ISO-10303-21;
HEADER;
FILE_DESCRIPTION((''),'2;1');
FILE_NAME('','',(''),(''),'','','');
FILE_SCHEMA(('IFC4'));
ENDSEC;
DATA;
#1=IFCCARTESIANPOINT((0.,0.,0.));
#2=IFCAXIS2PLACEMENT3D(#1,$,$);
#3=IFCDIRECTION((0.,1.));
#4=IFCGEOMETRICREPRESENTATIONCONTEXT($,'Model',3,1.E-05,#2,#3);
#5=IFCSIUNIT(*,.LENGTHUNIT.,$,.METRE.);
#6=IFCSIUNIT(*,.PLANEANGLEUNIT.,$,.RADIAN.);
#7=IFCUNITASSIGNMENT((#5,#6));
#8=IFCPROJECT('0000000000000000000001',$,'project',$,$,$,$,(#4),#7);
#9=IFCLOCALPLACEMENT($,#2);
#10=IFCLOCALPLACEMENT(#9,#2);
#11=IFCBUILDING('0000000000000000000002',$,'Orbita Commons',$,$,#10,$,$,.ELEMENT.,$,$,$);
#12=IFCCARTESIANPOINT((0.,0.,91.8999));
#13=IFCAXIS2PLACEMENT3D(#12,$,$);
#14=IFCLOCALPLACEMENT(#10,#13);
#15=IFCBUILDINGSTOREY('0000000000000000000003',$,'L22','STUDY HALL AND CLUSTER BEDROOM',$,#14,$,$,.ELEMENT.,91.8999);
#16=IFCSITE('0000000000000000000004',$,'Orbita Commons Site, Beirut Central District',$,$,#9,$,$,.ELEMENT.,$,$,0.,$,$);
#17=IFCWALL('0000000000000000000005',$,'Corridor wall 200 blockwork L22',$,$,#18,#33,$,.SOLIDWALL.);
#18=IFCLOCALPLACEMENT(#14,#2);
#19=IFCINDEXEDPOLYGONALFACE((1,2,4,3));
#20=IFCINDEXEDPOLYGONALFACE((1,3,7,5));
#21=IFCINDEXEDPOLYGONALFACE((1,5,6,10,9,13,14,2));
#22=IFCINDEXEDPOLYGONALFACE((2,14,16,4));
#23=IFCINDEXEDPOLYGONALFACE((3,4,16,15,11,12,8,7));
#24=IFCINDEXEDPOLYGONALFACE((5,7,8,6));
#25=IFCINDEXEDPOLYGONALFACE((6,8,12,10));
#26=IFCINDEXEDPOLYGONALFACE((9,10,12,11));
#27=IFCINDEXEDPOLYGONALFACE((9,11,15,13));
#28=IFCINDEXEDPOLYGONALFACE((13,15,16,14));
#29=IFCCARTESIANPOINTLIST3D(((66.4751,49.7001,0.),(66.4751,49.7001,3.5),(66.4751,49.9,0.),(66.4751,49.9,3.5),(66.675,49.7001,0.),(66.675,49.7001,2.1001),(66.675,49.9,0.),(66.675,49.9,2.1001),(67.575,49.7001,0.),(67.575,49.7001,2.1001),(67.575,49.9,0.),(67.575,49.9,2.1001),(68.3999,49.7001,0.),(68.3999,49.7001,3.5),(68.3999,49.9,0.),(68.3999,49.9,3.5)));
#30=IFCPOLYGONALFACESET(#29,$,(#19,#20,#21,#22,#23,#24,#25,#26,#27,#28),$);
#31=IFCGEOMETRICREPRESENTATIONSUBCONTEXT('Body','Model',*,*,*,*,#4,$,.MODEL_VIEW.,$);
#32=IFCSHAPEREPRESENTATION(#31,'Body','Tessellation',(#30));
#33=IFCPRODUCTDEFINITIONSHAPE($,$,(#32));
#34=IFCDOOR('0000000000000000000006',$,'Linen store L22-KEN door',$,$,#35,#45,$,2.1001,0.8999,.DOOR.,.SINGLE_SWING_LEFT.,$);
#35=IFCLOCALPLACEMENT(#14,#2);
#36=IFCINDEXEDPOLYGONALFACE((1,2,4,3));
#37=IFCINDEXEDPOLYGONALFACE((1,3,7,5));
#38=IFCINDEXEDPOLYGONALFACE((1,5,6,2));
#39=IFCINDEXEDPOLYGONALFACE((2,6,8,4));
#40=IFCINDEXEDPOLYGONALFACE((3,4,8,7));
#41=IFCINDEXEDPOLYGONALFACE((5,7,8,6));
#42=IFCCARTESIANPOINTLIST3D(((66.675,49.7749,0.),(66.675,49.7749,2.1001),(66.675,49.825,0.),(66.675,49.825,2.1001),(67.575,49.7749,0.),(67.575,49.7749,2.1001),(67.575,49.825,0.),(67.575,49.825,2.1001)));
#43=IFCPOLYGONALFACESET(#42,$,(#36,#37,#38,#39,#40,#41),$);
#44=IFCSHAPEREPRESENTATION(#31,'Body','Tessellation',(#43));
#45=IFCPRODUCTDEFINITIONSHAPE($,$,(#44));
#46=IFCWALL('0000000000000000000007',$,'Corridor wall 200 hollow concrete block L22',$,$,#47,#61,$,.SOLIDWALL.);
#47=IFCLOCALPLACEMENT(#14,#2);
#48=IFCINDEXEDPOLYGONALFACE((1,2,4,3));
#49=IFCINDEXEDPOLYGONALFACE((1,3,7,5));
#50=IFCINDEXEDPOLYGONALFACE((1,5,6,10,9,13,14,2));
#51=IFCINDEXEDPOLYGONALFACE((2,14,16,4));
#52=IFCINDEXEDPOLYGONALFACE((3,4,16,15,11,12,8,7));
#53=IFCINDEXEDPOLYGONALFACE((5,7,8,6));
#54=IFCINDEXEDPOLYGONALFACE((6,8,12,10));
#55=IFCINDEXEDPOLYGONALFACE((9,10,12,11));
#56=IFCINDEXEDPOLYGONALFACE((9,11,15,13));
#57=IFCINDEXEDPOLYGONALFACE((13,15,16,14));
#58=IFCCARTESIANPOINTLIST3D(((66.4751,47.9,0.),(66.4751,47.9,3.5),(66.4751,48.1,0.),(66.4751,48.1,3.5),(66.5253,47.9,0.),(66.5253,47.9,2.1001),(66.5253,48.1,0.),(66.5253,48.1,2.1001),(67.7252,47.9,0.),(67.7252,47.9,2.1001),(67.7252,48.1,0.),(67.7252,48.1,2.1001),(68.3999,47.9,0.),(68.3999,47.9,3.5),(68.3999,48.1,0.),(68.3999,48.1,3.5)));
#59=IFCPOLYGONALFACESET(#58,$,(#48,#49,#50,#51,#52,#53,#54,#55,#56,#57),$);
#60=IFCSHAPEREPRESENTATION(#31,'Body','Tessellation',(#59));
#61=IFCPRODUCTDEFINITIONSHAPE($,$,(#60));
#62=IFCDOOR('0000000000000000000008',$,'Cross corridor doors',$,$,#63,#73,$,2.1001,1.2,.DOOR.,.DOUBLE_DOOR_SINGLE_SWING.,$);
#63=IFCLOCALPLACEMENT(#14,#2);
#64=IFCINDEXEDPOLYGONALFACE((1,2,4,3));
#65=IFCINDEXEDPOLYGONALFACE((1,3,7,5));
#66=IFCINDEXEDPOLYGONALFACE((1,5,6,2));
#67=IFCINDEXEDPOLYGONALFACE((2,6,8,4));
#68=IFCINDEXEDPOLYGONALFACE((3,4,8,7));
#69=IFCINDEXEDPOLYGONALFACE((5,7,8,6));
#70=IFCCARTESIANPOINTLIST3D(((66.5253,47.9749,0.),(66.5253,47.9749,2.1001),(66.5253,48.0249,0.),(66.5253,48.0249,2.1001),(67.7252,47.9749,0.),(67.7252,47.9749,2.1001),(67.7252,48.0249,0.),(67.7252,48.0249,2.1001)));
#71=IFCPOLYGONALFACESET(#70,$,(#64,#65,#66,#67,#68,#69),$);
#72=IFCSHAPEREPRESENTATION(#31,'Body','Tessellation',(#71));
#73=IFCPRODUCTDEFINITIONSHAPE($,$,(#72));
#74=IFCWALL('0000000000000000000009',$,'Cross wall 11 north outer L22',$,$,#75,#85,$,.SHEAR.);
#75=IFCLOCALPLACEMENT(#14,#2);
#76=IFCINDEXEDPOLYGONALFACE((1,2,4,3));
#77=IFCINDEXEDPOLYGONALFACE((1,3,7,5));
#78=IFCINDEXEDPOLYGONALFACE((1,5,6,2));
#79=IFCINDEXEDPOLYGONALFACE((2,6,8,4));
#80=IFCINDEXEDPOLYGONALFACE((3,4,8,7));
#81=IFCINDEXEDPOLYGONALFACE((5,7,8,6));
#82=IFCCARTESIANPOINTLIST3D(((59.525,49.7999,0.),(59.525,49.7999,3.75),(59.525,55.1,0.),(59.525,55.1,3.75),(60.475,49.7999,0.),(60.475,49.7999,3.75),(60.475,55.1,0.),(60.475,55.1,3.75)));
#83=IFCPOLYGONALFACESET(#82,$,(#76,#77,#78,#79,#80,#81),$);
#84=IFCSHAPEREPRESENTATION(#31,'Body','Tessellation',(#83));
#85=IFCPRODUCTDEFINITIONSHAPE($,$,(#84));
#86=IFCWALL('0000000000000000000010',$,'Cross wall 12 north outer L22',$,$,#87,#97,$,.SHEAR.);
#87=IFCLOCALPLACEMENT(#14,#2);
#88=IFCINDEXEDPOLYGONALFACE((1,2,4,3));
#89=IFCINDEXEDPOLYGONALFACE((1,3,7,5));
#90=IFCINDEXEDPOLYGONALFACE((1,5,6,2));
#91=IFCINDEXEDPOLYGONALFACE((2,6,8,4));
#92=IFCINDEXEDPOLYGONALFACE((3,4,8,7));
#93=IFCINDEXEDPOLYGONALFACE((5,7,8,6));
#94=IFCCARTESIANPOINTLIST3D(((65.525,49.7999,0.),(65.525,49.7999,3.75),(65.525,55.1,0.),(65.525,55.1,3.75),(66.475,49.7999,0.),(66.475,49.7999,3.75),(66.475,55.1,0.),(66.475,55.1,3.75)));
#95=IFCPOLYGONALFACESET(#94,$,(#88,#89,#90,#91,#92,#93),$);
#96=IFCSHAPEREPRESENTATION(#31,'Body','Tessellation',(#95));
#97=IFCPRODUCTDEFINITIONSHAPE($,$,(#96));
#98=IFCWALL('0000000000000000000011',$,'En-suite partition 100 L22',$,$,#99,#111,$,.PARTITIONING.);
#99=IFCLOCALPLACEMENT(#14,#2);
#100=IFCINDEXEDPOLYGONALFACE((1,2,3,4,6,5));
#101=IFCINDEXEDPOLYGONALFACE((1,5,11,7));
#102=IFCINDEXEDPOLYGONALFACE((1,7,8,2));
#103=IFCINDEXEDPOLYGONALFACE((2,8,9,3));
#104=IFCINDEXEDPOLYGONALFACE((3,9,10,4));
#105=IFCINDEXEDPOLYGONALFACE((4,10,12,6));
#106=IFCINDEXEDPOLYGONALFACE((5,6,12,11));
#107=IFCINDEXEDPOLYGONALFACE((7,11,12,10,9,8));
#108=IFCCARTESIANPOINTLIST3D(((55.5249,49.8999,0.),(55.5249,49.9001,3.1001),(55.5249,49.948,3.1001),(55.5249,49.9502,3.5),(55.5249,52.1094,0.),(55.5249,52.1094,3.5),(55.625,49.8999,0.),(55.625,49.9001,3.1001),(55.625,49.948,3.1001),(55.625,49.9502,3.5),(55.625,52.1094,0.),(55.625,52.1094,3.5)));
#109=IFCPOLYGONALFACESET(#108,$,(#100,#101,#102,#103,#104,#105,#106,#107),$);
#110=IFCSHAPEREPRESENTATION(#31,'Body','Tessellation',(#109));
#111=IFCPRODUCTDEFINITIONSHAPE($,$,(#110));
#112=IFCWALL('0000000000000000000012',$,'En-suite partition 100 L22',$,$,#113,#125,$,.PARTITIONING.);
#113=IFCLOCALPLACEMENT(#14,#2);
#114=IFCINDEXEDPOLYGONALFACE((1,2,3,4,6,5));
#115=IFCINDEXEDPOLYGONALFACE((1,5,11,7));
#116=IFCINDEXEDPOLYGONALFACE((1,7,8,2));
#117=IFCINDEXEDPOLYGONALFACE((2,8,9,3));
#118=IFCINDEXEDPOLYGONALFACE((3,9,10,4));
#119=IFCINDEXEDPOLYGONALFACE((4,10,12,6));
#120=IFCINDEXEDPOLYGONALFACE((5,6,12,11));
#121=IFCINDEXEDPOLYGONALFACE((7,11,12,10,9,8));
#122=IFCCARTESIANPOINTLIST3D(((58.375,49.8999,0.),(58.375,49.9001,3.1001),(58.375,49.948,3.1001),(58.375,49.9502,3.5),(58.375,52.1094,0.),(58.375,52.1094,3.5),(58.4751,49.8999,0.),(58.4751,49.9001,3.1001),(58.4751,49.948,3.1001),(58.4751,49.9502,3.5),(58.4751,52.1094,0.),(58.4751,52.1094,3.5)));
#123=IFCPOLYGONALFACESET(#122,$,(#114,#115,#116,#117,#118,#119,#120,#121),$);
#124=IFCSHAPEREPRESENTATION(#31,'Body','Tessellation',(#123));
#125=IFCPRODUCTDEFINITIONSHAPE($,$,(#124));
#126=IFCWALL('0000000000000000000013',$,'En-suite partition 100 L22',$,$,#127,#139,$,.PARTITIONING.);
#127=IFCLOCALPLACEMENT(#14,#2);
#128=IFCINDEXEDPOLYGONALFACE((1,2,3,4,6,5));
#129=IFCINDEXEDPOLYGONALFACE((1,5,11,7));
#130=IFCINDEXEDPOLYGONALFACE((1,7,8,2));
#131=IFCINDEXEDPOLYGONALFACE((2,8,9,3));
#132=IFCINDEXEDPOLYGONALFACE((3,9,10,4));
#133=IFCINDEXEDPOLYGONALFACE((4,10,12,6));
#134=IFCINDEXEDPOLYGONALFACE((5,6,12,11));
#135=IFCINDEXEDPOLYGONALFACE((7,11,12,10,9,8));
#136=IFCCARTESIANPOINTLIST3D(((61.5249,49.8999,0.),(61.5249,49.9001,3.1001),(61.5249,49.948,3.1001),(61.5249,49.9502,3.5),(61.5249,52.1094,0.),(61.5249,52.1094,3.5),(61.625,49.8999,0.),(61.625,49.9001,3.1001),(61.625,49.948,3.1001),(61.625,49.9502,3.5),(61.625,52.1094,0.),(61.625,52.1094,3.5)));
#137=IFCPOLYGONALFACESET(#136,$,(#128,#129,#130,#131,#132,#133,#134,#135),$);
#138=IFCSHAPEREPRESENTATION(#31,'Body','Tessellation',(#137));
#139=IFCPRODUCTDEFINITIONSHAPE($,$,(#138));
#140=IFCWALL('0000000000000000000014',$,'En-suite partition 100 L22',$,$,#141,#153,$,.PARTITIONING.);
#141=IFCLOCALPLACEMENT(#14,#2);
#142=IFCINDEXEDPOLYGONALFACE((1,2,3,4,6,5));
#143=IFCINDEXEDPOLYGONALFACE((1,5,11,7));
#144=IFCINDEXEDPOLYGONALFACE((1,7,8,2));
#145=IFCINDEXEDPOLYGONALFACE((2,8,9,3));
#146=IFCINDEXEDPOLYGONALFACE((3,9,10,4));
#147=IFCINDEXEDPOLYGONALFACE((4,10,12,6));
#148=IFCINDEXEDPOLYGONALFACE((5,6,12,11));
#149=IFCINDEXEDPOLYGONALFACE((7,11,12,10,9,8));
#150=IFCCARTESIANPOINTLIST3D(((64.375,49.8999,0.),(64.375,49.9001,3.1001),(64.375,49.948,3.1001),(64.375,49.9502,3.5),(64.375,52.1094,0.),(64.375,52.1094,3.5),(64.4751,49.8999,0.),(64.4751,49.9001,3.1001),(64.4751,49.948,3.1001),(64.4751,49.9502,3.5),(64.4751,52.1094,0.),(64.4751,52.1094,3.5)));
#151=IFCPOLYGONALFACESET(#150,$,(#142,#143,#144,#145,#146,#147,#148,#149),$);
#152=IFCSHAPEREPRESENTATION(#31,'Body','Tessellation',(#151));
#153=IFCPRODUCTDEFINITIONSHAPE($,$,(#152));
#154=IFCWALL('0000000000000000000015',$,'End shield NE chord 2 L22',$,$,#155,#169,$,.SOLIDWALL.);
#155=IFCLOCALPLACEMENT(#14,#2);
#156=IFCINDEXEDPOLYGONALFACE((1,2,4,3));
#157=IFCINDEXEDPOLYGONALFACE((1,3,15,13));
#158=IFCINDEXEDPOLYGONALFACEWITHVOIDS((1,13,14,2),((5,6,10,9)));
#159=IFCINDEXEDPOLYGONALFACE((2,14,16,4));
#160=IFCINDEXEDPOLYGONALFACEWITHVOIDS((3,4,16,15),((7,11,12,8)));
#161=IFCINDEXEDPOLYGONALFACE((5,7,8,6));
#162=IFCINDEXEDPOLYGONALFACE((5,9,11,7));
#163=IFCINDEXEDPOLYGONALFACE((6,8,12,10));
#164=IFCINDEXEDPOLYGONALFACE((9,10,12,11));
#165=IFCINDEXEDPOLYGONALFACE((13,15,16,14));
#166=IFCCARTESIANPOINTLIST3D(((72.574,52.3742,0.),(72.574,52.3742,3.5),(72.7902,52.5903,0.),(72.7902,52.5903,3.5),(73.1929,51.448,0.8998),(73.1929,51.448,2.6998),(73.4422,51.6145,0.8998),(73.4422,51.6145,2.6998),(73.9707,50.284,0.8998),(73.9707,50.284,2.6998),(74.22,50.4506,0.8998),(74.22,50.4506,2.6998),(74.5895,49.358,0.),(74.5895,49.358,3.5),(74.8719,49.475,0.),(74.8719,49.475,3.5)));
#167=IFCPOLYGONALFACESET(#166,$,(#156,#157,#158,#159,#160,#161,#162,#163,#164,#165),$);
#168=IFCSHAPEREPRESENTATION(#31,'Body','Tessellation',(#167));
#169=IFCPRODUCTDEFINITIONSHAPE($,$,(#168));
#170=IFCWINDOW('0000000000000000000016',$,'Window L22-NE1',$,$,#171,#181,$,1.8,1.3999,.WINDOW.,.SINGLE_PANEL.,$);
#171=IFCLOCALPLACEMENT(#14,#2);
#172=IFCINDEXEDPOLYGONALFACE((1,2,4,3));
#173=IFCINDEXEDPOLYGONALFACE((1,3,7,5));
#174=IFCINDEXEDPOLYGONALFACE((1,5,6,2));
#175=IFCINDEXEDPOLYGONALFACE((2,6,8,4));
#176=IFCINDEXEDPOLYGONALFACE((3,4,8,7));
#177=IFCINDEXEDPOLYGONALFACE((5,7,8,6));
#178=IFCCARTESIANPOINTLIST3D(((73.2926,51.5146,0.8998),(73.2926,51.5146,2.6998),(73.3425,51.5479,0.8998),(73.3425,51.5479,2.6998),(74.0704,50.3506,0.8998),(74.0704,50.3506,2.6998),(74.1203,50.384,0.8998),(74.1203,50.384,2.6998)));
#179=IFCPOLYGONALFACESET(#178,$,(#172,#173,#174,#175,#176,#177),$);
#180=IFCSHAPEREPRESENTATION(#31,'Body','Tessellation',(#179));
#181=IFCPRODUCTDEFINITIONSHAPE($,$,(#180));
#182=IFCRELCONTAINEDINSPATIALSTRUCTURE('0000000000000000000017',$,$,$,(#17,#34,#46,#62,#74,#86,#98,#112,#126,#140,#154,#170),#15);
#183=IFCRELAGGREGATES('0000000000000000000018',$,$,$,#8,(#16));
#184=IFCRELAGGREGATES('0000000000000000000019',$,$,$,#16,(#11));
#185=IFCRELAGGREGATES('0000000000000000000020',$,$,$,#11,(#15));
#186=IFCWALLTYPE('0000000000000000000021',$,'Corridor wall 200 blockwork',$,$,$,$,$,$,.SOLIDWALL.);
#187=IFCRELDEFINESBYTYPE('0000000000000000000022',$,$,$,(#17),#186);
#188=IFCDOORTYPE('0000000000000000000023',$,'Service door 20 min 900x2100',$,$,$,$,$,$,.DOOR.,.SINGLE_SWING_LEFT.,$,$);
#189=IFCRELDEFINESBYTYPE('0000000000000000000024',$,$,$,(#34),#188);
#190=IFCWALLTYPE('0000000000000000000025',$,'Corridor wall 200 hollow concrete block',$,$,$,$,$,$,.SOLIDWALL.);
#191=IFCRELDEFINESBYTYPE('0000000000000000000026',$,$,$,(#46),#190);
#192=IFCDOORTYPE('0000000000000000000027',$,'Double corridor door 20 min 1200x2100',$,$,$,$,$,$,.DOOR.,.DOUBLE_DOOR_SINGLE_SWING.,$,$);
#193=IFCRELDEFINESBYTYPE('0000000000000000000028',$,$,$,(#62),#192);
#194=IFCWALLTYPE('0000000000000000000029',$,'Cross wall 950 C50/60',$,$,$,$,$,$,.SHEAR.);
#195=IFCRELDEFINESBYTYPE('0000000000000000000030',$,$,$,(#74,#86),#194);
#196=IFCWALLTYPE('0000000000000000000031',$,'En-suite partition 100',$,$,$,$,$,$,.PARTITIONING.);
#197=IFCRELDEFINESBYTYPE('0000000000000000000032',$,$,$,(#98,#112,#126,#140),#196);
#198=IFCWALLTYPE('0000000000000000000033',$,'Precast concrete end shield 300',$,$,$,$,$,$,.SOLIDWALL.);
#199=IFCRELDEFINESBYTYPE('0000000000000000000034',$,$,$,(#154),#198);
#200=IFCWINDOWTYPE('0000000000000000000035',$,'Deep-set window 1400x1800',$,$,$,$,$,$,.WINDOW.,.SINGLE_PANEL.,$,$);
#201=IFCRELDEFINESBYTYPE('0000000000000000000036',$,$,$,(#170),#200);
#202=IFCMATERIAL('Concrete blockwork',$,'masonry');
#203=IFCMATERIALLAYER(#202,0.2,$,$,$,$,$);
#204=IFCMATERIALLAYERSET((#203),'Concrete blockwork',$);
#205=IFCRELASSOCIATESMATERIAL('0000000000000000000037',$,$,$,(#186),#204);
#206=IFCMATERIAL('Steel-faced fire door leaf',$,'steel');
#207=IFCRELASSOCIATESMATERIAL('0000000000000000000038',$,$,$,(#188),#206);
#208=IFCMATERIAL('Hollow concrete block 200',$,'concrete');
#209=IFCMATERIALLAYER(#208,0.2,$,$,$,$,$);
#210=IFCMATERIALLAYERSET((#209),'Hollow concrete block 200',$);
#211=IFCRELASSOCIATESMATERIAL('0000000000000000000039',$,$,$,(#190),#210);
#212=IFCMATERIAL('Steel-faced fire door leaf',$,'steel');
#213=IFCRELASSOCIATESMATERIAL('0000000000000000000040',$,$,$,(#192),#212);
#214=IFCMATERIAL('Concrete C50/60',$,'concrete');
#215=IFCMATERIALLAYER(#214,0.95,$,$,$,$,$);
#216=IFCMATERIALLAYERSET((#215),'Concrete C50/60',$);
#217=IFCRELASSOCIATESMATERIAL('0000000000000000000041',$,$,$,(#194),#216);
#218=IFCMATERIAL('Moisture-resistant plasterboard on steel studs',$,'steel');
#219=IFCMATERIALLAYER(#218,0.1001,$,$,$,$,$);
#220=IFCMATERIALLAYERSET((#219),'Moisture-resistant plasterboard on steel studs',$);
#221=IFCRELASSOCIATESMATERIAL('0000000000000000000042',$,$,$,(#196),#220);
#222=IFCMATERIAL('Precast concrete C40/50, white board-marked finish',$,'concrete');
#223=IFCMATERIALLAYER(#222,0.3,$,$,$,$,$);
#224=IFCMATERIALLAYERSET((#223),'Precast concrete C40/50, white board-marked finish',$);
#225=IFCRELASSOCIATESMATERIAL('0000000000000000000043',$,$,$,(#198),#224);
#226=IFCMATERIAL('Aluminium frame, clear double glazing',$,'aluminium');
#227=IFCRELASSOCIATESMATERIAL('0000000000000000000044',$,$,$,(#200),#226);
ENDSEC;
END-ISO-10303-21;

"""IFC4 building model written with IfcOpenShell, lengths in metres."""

from ifc_helpers import new_model, si_unit, direction, frame, frame_2d, origin, place, context, subcontext, project, spatial, polyline, rectangle, outline, extrude, material, layer, layer_set, type_object, element, fill, save


model = new_model("IFC4")

# Units and contexts
model_context = context("Model", 3, precision=1e-05, world=origin(), true_north=direction((0.0, 1.0)))
body_context = subcontext(model_context, "Body", "Model", "MODEL_VIEW")
ifc_project = project(units=[si_unit("LENGTHUNIT", "METRE"), si_unit("PLANEANGLEUNIT", "RADIAN")], contexts=[model_context])

# Site, building, storey
site_placement = place(None, origin())
site = spatial("IfcSite", under=ifc_project, at=site_placement, Name="Orbita Commons Site, Beirut Central District", CompositionType="ELEMENT", RefElevation=0.0)
building_placement = place(site_placement, origin())
building = spatial("IfcBuilding", under=site, at=building_placement, Name="Orbita Commons", CompositionType="ELEMENT")
storey_placement = place(building_placement, frame((0.0, 0.0, 91.8999)))
storey = spatial("IfcBuildingStorey", under=building, at=storey_placement, Name="L22", Description="STUDY HALL AND CLUSTER BEDROOM", CompositionType="ELEMENT", Elevation=91.8999)

# Shared definitions
ifc_material_1 = material(Name="Concrete blockwork", Category="masonry")
ifc_layer_1 = layer(ifc_material_1, 0.2)
ifc_layer_set_1 = layer_set([ifc_layer_1], Name="Concrete blockwork")
wall_type_1 = type_object("IfcWallType", Name="Corridor wall 200 blockwork", PredefinedType="SOLIDWALL", material=ifc_layer_set_1)

# Walls, openings, doors
wall_1_placement = place(storey_placement, frame((66.4751, 49.8, 0.0), z_axis=(0.0, 0.0, 1.0), x_axis=(1.0, 0.0, 0.0)))
wall_1 = element("IfcWall", 1, at=wall_1_placement, inside=storey, type_object=wall_type_1, Name="Corridor wall 200 blockwork L22", PredefinedType="SOLIDWALL", context=body_context, shape_type="SweptSolid", body=[
    extrude(rectangle(XDim=1.9248, YDim=0.2, at=frame_2d((0.9624, 0.0))), origin(), (0.0, 0.0, 1.0), 3.5),
])
opening_1_placement = place(wall_1_placement, frame((0.2, 0.0, 0.0)))
opening_1 = element("IfcOpeningElement", 2, at=opening_1_placement, cuts=wall_1, PredefinedType="OPENING", context=body_context, shape_type="SweptSolid", body=[
    extrude(rectangle(XDim=0.8999, YDim=2.1001, at=frame_2d((0.45, 1.05))), frame((0.0, 0.1099, 0.0), z_axis=(0.0, -1.0, 0.0), x_axis=(1.0, 0.0, 0.0)), (0.0, 0.0, 1.0), 0.22),
])
ifc_material_2 = material(Name="Steel-faced fire door leaf", Category="steel")
door_type_1 = type_object("IfcDoorType", Name="Service door 20 min 900x2100", OperationType="SINGLE_SWING_LEFT", PredefinedType="DOOR", material=ifc_material_2)
door_1_placement = place(opening_1_placement, origin())
door_1 = element("IfcDoor", 3, at=door_1_placement, inside=storey, type_object=door_type_1, Name="Linen store L22-KEN door", OperationType="SINGLE_SWING_LEFT", OverallHeight=2.1001, OverallWidth=0.8999, PredefinedType="DOOR", context=body_context, shape_type="SweptSolid", body=[
    extrude(rectangle(XDim=0.8999, YDim=2.1001, at=frame_2d((0.45, 1.05))), frame((0.0, 0.0249, 0.0), z_axis=(0.0, -1.0, 0.0), x_axis=(1.0, 0.0, 0.0)), (0.0, 0.0, 1.0), 0.05),
])
fill(opening_1, door_1)
ifc_material_3 = material(Name="Hollow concrete block 200", Category="concrete")
ifc_layer_2 = layer(ifc_material_3, 0.2)
ifc_layer_set_2 = layer_set([ifc_layer_2], Name="Hollow concrete block 200")
wall_type_2 = type_object("IfcWallType", Name="Corridor wall 200 hollow concrete block", PredefinedType="SOLIDWALL", material=ifc_layer_set_2)
wall_2_placement = place(storey_placement, frame((66.4751, 48.0, 0.0), z_axis=(0.0, 0.0, 1.0), x_axis=(1.0, 0.0, 0.0)))
wall_2 = element("IfcWall", 4, at=wall_2_placement, inside=storey, type_object=wall_type_2, Name="Corridor wall 200 hollow concrete block L22", PredefinedType="SOLIDWALL", context=body_context, shape_type="SweptSolid", body=[
    extrude(rectangle(XDim=1.9248, YDim=0.2, at=frame_2d((0.9624, 0.0))), origin(), (0.0, 0.0, 1.0), 3.5),
])
opening_2_placement = place(wall_2_placement, frame((0.05, 0.0, 0.0)))
opening_2 = element("IfcOpeningElement", 5, at=opening_2_placement, cuts=wall_2, PredefinedType="OPENING", context=body_context, shape_type="SweptSolid", body=[
    extrude(rectangle(XDim=1.2, YDim=2.1001, at=frame_2d((0.6001, 1.05))), frame((0.0, 0.1099, 0.0), z_axis=(0.0, -1.0, 0.0), x_axis=(1.0, 0.0, 0.0)), (0.0, 0.0, 1.0), 0.22),
])
ifc_material_4 = material(Name="Steel-faced fire door leaf", Category="steel")
door_type_2 = type_object("IfcDoorType", Name="Double corridor door 20 min 1200x2100", OperationType="DOUBLE_DOOR_SINGLE_SWING", PredefinedType="DOOR", material=ifc_material_4)
door_2_placement = place(opening_2_placement, origin())
door_2 = element("IfcDoor", 6, at=door_2_placement, inside=storey, type_object=door_type_2, Name="Cross corridor doors", OperationType="DOUBLE_DOOR_SINGLE_SWING", OverallHeight=2.1001, OverallWidth=1.2, PredefinedType="DOOR", context=body_context, shape_type="SweptSolid", body=[
    extrude(rectangle(XDim=1.2, YDim=2.1001, at=frame_2d((0.6001, 1.05))), frame((0.0, 0.0249, 0.0), z_axis=(0.0, -1.0, 0.0), x_axis=(1.0, 0.0, 0.0)), (0.0, 0.0, 1.0), 0.05),
])
fill(opening_2, door_2)

# Walls
ifc_material_5 = material(Name="Concrete C50/60", Category="concrete")
ifc_layer_3 = layer(ifc_material_5, 0.95)
ifc_layer_set_3 = layer_set([ifc_layer_3], Name="Concrete C50/60")
wall_type_3 = type_object("IfcWallType", Name="Cross wall 950 C50/60", PredefinedType="SHEAR", material=ifc_layer_set_3)
for number, where, z_axis, x_axis, name in (
    (7, (60.0, 49.8, 0.0), (0.0, 0.0, 1.0), (0.0, 1.0, 0.0), "Cross wall 11 north outer L22"),
    (8, (66.0, 49.8, 0.0), (0.0, 0.0, 1.0), (0.0, 1.0, 0.0), "Cross wall 12 north outer L22"),
):
    element("IfcWall", number, at=place(storey_placement, frame(where, z_axis=z_axis, x_axis=x_axis)), inside=storey, type_object=wall_type_3, Name=name, PredefinedType="SHEAR", context=body_context, shape_type="SweptSolid", body=[
        extrude(rectangle(XDim=5.3, YDim=0.95, at=frame_2d((2.6499, 0.0))), origin(), (0.0, 0.0, 1.0), 3.75),
    ])
ifc_material_6 = material(Name="Moisture-resistant plasterboard on steel studs", Category="steel")
ifc_layer_4 = layer(ifc_material_6, 0.1001)
ifc_layer_set_4 = layer_set([ifc_layer_4], Name="Moisture-resistant plasterboard on steel studs")
wall_type_4 = type_object("IfcWallType", Name="En-suite partition 100", PredefinedType="PARTITIONING", material=ifc_layer_set_4)
for number, where, z_axis, x_axis, name in (
    (9, (55.575, 52.1094, 0.0), (0.0, 0.0, 1.0), (0.0, -1.0, 0.0), "En-suite partition 100 L22"),
    (10, (58.425, 52.1094, 0.0), (0.0, 0.0, 1.0), (0.0, -1.0, 0.0), "En-suite partition 100 L22"),
    (11, (61.575, 52.1094, 0.0), (0.0, 0.0, 1.0), (0.0, -1.0, 0.0), "En-suite partition 100 L22"),
    (12, (64.425, 52.1094, 0.0), (0.0, 0.0, 1.0), (0.0, -1.0, 0.0), "En-suite partition 100 L22"),
):
    element("IfcWall", number, at=place(storey_placement, frame(where, z_axis=z_axis, x_axis=x_axis)), inside=storey, type_object=wall_type_4, Name=name, PredefinedType="PARTITIONING", context=body_context, shape_type="SweptSolid", body=[
        extrude(outline(polyline([(0.0, 0.0), (2.2095, 0.0), (2.2092, 3.1001), (2.1614, 3.1001), (2.1592, 3.5), (0.0, 3.5), (0.0, 0.0)])), frame((0.0, 0.05, 0.0), z_axis=(0.0, -1.0, 0.0), x_axis=(1.0, 0.0, 0.0)), (0.0, 0.0, 1.0), 0.1001),
    ])

# Wall, opening, window
ifc_material_7 = material(Name="Precast concrete C40/50, white board-marked finish", Category="concrete")
ifc_layer_5 = layer(ifc_material_7, 0.3)
ifc_layer_set_5 = layer_set([ifc_layer_5], Name="Precast concrete C40/50, white board-marked finish")
wall_type_5 = type_object("IfcWallType", Name="Precast concrete end shield 300", PredefinedType="SOLIDWALL", material=ifc_layer_set_5)
wall_3_placement = place(storey_placement, frame((74.7307, 49.4165, 0.0), z_axis=(0.0, 0.0, 1.0), x_axis=(-0.555601, 0.831449, 0.0)))
wall_3 = element("IfcWall", 13, at=wall_3_placement, inside=storey, type_object=wall_type_5, Name="End shield NE chord 2 L22", PredefinedType="SOLIDWALL", context=body_context, shape_type="SweptSolid", body=[
    extrude(outline(polyline([(-0.0298, -0.1499), (3.717, -0.1499), (3.6575, 0.1499), (0.0298, 0.1499), (-0.0298, -0.1499)])), origin(), (0.0, 0.0, 1.0), 3.5),
])
opening_3_placement = place(wall_3_placement, frame((1.1436, 0.0, 0.8999)))
opening_3 = element("IfcOpeningElement", 14, at=opening_3_placement, cuts=wall_3, PredefinedType="OPENING", context=body_context, shape_type="SweptSolid", body=[
    extrude(rectangle(XDim=1.3999, YDim=1.8, at=frame_2d((0.7, 0.8999))), frame((0.0, 0.1599, 0.0), z_axis=(0.0, -1.0, 0.0), x_axis=(1.0, 0.0, 0.0)), (0.0, 0.0, 1.0), 0.3201),
])
ifc_material_8 = material(Name="Aluminium frame, clear double glazing", Category="aluminium")
window_type = type_object("IfcWindowType", Name="Deep-set window 1400x1800", PartitioningType="SINGLE_PANEL", PredefinedType="WINDOW", material=ifc_material_8)
window_placement = place(opening_3_placement, origin())
window = element("IfcWindow", 15, at=window_placement, inside=storey, type_object=window_type, Name="Window L22-NE1", OverallHeight=1.8, OverallWidth=1.3999, PartitioningType="SINGLE_PANEL", PredefinedType="WINDOW", context=body_context, shape_type="SweptSolid", body=[
    extrude(rectangle(XDim=1.3999, YDim=1.8, at=frame_2d((0.7, 0.8999))), frame((0.0, 0.03, 0.0), z_axis=(0.0, -1.0, 0.0), x_axis=(1.0, 0.0, 0.0)), (0.0, 0.0, 1.0), 0.0601),
])
fill(opening_3, window)

save(model, "model.ifc")
